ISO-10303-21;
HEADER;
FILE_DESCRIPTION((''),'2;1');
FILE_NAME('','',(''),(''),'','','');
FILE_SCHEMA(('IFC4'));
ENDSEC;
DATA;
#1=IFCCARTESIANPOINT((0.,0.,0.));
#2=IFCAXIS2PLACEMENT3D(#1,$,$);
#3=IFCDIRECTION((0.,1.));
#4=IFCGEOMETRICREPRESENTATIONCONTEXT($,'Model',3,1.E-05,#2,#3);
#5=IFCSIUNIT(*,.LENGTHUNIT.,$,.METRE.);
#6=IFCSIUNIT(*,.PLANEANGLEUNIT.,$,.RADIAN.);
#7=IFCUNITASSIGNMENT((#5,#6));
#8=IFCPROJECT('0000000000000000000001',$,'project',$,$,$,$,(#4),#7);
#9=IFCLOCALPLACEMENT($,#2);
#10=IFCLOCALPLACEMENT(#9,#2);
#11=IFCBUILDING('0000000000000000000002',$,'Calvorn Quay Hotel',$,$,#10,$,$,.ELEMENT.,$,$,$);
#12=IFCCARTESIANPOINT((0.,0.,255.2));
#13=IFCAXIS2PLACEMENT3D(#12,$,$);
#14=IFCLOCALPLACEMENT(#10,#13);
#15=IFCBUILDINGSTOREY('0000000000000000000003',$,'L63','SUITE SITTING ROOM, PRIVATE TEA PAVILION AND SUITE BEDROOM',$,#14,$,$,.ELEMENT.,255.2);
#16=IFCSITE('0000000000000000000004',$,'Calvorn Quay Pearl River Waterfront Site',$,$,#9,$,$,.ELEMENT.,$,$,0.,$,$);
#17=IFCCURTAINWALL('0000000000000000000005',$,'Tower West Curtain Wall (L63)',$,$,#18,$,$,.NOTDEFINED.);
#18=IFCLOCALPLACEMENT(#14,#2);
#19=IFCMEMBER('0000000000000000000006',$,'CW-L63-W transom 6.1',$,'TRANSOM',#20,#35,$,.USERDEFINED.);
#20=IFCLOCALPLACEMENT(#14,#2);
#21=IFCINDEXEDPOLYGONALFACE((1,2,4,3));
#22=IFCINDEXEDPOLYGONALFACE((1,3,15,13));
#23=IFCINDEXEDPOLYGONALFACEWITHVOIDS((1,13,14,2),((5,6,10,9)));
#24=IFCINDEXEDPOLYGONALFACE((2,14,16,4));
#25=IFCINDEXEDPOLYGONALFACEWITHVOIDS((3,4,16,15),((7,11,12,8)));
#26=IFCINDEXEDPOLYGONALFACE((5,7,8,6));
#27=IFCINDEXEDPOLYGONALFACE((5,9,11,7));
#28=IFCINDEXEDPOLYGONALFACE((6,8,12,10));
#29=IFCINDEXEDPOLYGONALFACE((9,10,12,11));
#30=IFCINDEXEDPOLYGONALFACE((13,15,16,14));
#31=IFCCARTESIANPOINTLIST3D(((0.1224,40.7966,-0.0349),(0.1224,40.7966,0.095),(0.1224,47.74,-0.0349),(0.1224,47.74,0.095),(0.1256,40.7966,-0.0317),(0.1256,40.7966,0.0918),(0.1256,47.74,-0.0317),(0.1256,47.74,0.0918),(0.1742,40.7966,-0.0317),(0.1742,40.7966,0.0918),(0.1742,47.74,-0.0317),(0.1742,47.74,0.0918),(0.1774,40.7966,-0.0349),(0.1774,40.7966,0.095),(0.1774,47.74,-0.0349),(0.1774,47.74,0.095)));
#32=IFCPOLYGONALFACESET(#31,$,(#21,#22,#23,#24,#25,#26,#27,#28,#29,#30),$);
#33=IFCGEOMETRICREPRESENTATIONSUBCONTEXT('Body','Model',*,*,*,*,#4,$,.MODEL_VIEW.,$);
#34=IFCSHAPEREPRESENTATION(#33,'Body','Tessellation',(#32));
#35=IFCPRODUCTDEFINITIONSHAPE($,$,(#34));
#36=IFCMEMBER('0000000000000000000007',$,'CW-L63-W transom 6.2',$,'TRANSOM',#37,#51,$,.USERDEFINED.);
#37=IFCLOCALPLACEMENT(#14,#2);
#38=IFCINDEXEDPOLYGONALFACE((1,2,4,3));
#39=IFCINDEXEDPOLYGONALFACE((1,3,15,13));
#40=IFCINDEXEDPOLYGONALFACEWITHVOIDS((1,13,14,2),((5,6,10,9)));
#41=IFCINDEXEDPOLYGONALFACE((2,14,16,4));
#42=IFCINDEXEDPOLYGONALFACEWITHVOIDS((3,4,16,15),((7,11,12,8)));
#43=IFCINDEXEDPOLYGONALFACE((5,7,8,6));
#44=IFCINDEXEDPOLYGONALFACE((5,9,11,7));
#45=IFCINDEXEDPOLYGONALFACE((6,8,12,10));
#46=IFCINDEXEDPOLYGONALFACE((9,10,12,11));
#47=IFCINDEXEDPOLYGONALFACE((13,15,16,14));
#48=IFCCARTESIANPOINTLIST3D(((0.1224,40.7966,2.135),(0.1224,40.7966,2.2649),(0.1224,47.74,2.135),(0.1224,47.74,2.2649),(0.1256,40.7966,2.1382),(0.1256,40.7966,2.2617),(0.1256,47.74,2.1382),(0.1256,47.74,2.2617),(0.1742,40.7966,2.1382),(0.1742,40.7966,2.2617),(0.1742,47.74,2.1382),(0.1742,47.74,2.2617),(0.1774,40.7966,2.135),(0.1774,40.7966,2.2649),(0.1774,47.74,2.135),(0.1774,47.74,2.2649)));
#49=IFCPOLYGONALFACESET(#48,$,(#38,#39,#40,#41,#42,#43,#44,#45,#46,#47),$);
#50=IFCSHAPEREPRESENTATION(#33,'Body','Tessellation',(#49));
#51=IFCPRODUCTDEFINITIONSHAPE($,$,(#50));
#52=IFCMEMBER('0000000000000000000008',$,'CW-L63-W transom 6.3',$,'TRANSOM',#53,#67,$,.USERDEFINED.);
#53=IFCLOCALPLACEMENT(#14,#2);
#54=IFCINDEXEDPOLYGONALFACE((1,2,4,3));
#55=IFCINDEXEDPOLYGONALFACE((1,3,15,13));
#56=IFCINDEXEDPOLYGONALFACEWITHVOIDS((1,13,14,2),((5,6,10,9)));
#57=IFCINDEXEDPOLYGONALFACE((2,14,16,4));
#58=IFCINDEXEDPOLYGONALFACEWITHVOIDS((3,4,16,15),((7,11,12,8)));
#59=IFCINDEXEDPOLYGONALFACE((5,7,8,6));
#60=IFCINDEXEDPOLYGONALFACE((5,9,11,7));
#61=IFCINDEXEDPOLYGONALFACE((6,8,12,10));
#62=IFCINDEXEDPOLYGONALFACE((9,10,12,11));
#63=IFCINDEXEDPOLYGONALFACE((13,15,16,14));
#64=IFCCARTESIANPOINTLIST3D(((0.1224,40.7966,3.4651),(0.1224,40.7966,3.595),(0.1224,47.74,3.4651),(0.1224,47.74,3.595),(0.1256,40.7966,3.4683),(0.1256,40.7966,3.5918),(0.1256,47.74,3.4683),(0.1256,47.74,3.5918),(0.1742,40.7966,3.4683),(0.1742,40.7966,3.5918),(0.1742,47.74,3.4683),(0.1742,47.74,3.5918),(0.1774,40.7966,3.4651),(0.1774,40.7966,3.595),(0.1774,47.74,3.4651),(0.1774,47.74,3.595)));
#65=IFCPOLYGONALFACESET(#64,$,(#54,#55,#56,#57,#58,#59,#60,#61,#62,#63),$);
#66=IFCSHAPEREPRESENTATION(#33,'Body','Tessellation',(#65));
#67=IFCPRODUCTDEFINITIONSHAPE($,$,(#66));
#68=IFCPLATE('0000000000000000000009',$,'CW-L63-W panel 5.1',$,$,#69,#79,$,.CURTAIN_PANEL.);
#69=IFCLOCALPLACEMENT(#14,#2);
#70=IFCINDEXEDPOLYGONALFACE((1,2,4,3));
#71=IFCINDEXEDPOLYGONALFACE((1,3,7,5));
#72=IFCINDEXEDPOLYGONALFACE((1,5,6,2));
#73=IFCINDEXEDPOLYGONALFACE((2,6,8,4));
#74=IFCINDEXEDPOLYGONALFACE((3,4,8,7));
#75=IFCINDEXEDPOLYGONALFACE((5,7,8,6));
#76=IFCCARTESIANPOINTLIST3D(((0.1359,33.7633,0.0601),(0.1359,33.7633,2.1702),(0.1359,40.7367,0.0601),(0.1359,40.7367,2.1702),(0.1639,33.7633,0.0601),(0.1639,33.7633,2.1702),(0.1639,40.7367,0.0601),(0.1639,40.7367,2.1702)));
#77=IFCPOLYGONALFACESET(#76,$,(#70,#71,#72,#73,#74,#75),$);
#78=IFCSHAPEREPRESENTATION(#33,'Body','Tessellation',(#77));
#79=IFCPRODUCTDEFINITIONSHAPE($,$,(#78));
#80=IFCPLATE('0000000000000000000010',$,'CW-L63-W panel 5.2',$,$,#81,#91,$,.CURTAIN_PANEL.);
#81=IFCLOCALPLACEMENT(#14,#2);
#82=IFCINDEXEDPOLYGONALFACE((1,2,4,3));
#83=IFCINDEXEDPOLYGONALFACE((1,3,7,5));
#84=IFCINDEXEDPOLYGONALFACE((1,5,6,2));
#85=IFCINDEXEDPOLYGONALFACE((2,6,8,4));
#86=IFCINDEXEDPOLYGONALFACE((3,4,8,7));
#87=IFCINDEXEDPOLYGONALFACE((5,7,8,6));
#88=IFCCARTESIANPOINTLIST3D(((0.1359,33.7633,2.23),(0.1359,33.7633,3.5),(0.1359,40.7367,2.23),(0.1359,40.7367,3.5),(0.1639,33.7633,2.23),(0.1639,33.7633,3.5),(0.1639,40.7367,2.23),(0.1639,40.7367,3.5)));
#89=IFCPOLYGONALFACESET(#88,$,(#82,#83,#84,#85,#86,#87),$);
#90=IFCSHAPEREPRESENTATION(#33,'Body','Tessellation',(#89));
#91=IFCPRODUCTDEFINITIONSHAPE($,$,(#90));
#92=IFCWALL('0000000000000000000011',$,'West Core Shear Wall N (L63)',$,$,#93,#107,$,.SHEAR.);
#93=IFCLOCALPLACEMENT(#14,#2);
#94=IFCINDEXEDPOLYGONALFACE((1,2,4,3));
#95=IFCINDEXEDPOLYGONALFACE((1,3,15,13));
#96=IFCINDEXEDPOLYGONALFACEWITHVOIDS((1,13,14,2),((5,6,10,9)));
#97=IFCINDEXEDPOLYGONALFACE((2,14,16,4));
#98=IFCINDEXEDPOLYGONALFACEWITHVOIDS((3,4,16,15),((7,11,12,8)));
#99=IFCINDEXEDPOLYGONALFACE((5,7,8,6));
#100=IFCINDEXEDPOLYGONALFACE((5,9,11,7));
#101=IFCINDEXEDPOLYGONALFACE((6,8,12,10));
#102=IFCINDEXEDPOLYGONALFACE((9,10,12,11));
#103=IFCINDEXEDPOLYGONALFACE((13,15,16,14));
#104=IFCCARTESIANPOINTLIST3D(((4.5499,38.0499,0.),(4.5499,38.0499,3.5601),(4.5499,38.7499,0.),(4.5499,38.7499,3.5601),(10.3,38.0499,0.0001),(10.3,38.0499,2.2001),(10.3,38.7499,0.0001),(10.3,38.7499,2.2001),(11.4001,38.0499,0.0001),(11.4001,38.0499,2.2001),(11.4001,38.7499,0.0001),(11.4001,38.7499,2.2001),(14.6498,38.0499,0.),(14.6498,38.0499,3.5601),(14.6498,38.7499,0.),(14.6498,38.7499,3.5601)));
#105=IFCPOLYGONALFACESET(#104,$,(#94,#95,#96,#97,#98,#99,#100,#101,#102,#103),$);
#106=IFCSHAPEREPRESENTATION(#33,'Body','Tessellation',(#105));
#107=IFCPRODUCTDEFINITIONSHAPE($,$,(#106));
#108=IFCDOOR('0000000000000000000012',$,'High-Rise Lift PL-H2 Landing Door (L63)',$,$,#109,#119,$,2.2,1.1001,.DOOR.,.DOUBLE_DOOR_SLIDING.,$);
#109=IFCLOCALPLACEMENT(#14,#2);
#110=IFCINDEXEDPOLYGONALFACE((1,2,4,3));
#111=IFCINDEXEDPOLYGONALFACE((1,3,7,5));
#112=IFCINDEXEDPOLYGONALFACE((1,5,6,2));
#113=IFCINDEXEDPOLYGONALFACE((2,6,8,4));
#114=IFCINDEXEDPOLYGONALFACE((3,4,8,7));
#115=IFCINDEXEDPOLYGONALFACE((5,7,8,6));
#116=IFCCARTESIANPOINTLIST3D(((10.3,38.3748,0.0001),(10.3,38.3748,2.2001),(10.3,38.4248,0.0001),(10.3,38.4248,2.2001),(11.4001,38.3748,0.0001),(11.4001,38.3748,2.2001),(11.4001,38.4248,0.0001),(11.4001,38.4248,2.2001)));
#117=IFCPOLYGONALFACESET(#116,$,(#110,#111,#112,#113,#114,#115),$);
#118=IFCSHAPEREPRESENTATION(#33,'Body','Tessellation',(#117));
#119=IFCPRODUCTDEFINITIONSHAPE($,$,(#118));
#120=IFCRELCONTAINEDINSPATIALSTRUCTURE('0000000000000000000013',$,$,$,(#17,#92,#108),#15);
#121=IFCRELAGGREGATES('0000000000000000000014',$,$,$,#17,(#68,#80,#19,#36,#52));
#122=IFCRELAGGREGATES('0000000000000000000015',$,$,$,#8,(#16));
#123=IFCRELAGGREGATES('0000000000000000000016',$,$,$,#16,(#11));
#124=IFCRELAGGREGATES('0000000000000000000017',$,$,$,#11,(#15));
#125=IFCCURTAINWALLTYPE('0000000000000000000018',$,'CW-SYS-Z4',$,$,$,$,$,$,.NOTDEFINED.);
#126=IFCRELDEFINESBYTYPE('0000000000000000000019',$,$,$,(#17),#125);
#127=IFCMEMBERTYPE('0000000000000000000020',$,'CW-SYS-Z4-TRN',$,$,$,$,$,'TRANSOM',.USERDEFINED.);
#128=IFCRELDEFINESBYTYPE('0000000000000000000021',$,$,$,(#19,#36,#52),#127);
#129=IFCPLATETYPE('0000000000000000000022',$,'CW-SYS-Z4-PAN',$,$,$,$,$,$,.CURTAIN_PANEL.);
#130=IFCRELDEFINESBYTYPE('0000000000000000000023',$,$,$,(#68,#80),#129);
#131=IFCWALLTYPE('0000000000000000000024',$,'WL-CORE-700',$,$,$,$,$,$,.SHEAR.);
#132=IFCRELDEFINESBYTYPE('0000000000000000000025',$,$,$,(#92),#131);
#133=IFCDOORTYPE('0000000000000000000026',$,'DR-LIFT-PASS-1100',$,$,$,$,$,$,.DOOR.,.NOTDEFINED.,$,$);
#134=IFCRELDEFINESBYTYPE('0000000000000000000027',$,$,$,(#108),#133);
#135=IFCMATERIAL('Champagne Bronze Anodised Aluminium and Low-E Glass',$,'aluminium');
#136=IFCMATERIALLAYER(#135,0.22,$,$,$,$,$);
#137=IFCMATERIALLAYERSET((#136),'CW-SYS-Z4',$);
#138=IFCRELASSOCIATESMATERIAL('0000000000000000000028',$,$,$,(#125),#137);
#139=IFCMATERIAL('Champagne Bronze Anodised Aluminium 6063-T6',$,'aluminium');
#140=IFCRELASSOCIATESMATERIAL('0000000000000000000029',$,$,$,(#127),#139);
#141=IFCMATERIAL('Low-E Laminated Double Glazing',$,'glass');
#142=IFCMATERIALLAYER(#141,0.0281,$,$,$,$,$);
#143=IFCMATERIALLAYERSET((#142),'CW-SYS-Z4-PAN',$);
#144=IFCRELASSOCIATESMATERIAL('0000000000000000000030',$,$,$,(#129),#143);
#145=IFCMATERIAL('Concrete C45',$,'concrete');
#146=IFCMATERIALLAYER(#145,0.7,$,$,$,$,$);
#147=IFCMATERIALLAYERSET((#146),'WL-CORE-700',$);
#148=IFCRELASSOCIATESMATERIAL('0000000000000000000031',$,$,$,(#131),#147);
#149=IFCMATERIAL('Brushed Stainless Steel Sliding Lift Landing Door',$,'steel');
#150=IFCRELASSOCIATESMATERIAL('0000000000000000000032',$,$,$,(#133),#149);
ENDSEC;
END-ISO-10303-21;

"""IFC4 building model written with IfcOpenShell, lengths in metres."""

from ifc_helpers import new_model, si_unit, direction, frame, frame_2d, origin, origin_2d, place, context, subcontext, project, spatial, rectangle, hollow_rectangle, extrude, material, layer, layer_set, material_profile, profile_set, type_object, element, fill, aggregate, save


model = new_model("IFC4")

# Units and contexts
model_context = context("Model", 3, precision=1e-05, world=origin(), true_north=direction((0.0, 1.0)))
body_context = subcontext(model_context, "Body", "Model", "MODEL_VIEW")
ifc_project = project(units=[si_unit("LENGTHUNIT", "METRE"), si_unit("PLANEANGLEUNIT", "RADIAN")], contexts=[model_context])

# Site, building, storey
site_placement = place(None, origin())
site = spatial("IfcSite", under=ifc_project, at=site_placement, Name="Calvorn Quay Pearl River Waterfront Site", CompositionType="ELEMENT", RefElevation=0.0)
building_placement = place(site_placement, origin())
building = spatial("IfcBuilding", under=site, at=building_placement, Name="Calvorn Quay Hotel", CompositionType="ELEMENT")
storey_placement = place(building_placement, frame((0.0, 0.0, 255.2)))
storey = spatial("IfcBuildingStorey", under=building, at=storey_placement, Name="L63", Description="SUITE SITTING ROOM, PRIVATE TEA PAVILION AND SUITE BEDROOM", CompositionType="ELEMENT", Elevation=255.2)

# Curtain wall, members, plates
ifc_material_1 = material(Name="Champagne Bronze Anodised Aluminium and Low-E Glass", Category="aluminium")
ifc_layer_1 = layer(ifc_material_1, 0.22)
ifc_layer_set_1 = layer_set([ifc_layer_1], Name="CW-SYS-Z4")
curtain_wall_type = type_object("IfcCurtainWallType", Name="CW-SYS-Z4", PredefinedType="NOTDEFINED", material=ifc_layer_set_1)
curtain_wall_placement = place(storey_placement, origin())
curtain_wall = element("IfcCurtainWall", 1, at=curtain_wall_placement, inside=storey, type_object=curtain_wall_type, Name="Tower West Curtain Wall (L63)", PredefinedType="NOTDEFINED")
ifc_material_2 = material(Name="Champagne Bronze Anodised Aluminium 6063-T6", Category="aluminium")
ifc_material_profile_1 = material_profile(ifc_material_2, hollow_rectangle(XDim=0.0549, YDim=0.1299, WallThickness=0.0032, at=origin_2d()), Name="ALU-T130x55x3.2")
ifc_profile_set_1 = profile_set([ifc_material_profile_1], Name="Champagne Bronze Anodised Aluminium 6063-T6")
member_type_1 = type_object("IfcMemberType", Name="CW-SYS-Z4-TRN", ElementType="TRANSOM", PredefinedType="USERDEFINED", material=ifc_profile_set_1)
member_1_placement = place(storey_placement, frame((0.1499, 40.7966, 0.03), z_axis=(0.0, 1.0, 0.0), x_axis=(-1.0, 0.0, 0.0)))
member_1 = element("IfcMember", 2, at=member_1_placement, type_object=member_type_1, Name="CW-L63-W transom 6.1", ObjectType="TRANSOM", PredefinedType="USERDEFINED", context=body_context, shape_type="SweptSolid", body=[
    extrude(hollow_rectangle(XDim=0.0549, YDim=0.1299, WallThickness=0.0032, at=origin_2d()), origin(), (0.0, 0.0, 1.0), 6.9434),
])
member_2_placement = place(storey_placement, frame((0.1499, 40.7966, 2.2), z_axis=(0.0, 1.0, 0.0), x_axis=(-1.0, 0.0, 0.0)))
member_2 = element("IfcMember", 3, at=member_2_placement, type_object=member_type_1, Name="CW-L63-W transom 6.2", ObjectType="TRANSOM", PredefinedType="USERDEFINED", context=body_context, shape_type="SweptSolid", body=[
    extrude(hollow_rectangle(XDim=0.0549, YDim=0.1299, WallThickness=0.0032, at=origin_2d()), origin(), (0.0, 0.0, 1.0), 6.9434),
])
member_3_placement = place(storey_placement, frame((0.1499, 40.7966, 3.53), z_axis=(0.0, 1.0, 0.0), x_axis=(-1.0, 0.0, 0.0)))
member_3 = element("IfcMember", 4, at=member_3_placement, type_object=member_type_1, Name="CW-L63-W transom 6.3", ObjectType="TRANSOM", PredefinedType="USERDEFINED", context=body_context, shape_type="SweptSolid", body=[
    extrude(hollow_rectangle(XDim=0.0549, YDim=0.1299, WallThickness=0.0032, at=origin_2d()), origin(), (0.0, 0.0, 1.0), 6.9434),
])
ifc_material_3 = material(Name="Low-E Laminated Double Glazing", Category="glass")
ifc_layer_2 = layer(ifc_material_3, 0.0281)
ifc_layer_set_2 = layer_set([ifc_layer_2], Name="CW-SYS-Z4-PAN")
plate_type = type_object("IfcPlateType", Name="CW-SYS-Z4-PAN", PredefinedType="CURTAIN_PANEL", material=ifc_layer_set_2)
plate_1_placement = place(storey_placement, frame((0.1499, 37.25, 0.0601), z_axis=(0.0, 0.0, 1.0), x_axis=(0.0, 1.0, 0.0)))
plate_1 = element("IfcPlate", 5, at=plate_1_placement, type_object=plate_type, Name="CW-L63-W panel 5.1", PredefinedType="CURTAIN_PANEL", context=body_context, shape_type="SweptSolid", body=[
    extrude(rectangle(XDim=6.9734, YDim=0.0281, at=origin_2d()), origin(), (0.0, 0.0, 1.0), 2.1101),
])
plate_2_placement = place(storey_placement, frame((0.1499, 37.25, 2.23), z_axis=(0.0, 0.0, 1.0), x_axis=(0.0, 1.0, 0.0)))
plate_2 = element("IfcPlate", 6, at=plate_2_placement, type_object=plate_type, Name="CW-L63-W panel 5.2", PredefinedType="CURTAIN_PANEL", context=body_context, shape_type="SweptSolid", body=[
    extrude(rectangle(XDim=6.9734, YDim=0.0281, at=origin_2d()), origin(), (0.0, 0.0, 1.0), 1.27),
])
aggregate(curtain_wall, [plate_1, plate_2, member_1, member_2, member_3])

# Wall, opening, door
ifc_material_4 = material(Name="Concrete C45", Category="concrete")
ifc_layer_3 = layer(ifc_material_4, 0.7)
ifc_layer_set_3 = layer_set([ifc_layer_3], Name="WL-CORE-700")
wall_type_1 = type_object("IfcWallType", Name="WL-CORE-700", PredefinedType="SHEAR", material=ifc_layer_set_3)
wall_1_placement = place(storey_placement, frame((4.55, 38.3999, 0.0), z_axis=(0.0, 0.0, 1.0), x_axis=(1.0, 0.0, 0.0)))
wall_1 = element("IfcWall", 7, at=wall_1_placement, inside=storey, type_object=wall_type_1, Name="West Core Shear Wall N (L63)", PredefinedType="SHEAR", context=body_context, shape_type="SweptSolid", body=[
    extrude(rectangle(XDim=10.0999, YDim=0.7, at=frame_2d((5.0498, 0.0))), origin(), (0.0, 0.0, 1.0), 3.5601),
])
opening_1_placement = place(wall_1_placement, frame((5.75, 0.0, 0.0)))
opening_1 = element("IfcOpeningElement", 8, at=opening_1_placement, cuts=wall_1, PredefinedType="OPENING", context=body_context, shape_type="SweptSolid", body=[
    extrude(rectangle(XDim=1.1001, YDim=2.2, at=frame_2d((0.55, 1.1001))), frame((0.0, 0.3599, 0.0), z_axis=(0.0, -1.0, 0.0), x_axis=(1.0, 0.0, 0.0)), (0.0, 0.0, 1.0), 0.72),
])
ifc_material_5 = material(Name="Brushed Stainless Steel Sliding Lift Landing Door", Category="steel")
door_type_1 = type_object("IfcDoorType", Name="DR-LIFT-PASS-1100", OperationType="NOTDEFINED", PredefinedType="DOOR", material=ifc_material_5)
door_1_placement = place(opening_1_placement, origin())
door_1 = element("IfcDoor", 9, at=door_1_placement, inside=storey, type_object=door_type_1, Name="High-Rise Lift PL-H2 Landing Door (L63)", OperationType="DOUBLE_DOOR_SLIDING", OverallHeight=2.2, OverallWidth=1.1001, PredefinedType="DOOR", context=body_context, shape_type="SweptSolid", body=[
    extrude(rectangle(XDim=1.1001, YDim=2.2, at=frame_2d((0.55, 1.1001))), frame((0.0, 0.0249, 0.0), z_axis=(0.0, -1.0, 0.0), x_axis=(1.0, 0.0, 0.0)), (0.0, 0.0, 1.0), 0.05),
])
fill(opening_1, door_1)

save(model, "model.ifc")
